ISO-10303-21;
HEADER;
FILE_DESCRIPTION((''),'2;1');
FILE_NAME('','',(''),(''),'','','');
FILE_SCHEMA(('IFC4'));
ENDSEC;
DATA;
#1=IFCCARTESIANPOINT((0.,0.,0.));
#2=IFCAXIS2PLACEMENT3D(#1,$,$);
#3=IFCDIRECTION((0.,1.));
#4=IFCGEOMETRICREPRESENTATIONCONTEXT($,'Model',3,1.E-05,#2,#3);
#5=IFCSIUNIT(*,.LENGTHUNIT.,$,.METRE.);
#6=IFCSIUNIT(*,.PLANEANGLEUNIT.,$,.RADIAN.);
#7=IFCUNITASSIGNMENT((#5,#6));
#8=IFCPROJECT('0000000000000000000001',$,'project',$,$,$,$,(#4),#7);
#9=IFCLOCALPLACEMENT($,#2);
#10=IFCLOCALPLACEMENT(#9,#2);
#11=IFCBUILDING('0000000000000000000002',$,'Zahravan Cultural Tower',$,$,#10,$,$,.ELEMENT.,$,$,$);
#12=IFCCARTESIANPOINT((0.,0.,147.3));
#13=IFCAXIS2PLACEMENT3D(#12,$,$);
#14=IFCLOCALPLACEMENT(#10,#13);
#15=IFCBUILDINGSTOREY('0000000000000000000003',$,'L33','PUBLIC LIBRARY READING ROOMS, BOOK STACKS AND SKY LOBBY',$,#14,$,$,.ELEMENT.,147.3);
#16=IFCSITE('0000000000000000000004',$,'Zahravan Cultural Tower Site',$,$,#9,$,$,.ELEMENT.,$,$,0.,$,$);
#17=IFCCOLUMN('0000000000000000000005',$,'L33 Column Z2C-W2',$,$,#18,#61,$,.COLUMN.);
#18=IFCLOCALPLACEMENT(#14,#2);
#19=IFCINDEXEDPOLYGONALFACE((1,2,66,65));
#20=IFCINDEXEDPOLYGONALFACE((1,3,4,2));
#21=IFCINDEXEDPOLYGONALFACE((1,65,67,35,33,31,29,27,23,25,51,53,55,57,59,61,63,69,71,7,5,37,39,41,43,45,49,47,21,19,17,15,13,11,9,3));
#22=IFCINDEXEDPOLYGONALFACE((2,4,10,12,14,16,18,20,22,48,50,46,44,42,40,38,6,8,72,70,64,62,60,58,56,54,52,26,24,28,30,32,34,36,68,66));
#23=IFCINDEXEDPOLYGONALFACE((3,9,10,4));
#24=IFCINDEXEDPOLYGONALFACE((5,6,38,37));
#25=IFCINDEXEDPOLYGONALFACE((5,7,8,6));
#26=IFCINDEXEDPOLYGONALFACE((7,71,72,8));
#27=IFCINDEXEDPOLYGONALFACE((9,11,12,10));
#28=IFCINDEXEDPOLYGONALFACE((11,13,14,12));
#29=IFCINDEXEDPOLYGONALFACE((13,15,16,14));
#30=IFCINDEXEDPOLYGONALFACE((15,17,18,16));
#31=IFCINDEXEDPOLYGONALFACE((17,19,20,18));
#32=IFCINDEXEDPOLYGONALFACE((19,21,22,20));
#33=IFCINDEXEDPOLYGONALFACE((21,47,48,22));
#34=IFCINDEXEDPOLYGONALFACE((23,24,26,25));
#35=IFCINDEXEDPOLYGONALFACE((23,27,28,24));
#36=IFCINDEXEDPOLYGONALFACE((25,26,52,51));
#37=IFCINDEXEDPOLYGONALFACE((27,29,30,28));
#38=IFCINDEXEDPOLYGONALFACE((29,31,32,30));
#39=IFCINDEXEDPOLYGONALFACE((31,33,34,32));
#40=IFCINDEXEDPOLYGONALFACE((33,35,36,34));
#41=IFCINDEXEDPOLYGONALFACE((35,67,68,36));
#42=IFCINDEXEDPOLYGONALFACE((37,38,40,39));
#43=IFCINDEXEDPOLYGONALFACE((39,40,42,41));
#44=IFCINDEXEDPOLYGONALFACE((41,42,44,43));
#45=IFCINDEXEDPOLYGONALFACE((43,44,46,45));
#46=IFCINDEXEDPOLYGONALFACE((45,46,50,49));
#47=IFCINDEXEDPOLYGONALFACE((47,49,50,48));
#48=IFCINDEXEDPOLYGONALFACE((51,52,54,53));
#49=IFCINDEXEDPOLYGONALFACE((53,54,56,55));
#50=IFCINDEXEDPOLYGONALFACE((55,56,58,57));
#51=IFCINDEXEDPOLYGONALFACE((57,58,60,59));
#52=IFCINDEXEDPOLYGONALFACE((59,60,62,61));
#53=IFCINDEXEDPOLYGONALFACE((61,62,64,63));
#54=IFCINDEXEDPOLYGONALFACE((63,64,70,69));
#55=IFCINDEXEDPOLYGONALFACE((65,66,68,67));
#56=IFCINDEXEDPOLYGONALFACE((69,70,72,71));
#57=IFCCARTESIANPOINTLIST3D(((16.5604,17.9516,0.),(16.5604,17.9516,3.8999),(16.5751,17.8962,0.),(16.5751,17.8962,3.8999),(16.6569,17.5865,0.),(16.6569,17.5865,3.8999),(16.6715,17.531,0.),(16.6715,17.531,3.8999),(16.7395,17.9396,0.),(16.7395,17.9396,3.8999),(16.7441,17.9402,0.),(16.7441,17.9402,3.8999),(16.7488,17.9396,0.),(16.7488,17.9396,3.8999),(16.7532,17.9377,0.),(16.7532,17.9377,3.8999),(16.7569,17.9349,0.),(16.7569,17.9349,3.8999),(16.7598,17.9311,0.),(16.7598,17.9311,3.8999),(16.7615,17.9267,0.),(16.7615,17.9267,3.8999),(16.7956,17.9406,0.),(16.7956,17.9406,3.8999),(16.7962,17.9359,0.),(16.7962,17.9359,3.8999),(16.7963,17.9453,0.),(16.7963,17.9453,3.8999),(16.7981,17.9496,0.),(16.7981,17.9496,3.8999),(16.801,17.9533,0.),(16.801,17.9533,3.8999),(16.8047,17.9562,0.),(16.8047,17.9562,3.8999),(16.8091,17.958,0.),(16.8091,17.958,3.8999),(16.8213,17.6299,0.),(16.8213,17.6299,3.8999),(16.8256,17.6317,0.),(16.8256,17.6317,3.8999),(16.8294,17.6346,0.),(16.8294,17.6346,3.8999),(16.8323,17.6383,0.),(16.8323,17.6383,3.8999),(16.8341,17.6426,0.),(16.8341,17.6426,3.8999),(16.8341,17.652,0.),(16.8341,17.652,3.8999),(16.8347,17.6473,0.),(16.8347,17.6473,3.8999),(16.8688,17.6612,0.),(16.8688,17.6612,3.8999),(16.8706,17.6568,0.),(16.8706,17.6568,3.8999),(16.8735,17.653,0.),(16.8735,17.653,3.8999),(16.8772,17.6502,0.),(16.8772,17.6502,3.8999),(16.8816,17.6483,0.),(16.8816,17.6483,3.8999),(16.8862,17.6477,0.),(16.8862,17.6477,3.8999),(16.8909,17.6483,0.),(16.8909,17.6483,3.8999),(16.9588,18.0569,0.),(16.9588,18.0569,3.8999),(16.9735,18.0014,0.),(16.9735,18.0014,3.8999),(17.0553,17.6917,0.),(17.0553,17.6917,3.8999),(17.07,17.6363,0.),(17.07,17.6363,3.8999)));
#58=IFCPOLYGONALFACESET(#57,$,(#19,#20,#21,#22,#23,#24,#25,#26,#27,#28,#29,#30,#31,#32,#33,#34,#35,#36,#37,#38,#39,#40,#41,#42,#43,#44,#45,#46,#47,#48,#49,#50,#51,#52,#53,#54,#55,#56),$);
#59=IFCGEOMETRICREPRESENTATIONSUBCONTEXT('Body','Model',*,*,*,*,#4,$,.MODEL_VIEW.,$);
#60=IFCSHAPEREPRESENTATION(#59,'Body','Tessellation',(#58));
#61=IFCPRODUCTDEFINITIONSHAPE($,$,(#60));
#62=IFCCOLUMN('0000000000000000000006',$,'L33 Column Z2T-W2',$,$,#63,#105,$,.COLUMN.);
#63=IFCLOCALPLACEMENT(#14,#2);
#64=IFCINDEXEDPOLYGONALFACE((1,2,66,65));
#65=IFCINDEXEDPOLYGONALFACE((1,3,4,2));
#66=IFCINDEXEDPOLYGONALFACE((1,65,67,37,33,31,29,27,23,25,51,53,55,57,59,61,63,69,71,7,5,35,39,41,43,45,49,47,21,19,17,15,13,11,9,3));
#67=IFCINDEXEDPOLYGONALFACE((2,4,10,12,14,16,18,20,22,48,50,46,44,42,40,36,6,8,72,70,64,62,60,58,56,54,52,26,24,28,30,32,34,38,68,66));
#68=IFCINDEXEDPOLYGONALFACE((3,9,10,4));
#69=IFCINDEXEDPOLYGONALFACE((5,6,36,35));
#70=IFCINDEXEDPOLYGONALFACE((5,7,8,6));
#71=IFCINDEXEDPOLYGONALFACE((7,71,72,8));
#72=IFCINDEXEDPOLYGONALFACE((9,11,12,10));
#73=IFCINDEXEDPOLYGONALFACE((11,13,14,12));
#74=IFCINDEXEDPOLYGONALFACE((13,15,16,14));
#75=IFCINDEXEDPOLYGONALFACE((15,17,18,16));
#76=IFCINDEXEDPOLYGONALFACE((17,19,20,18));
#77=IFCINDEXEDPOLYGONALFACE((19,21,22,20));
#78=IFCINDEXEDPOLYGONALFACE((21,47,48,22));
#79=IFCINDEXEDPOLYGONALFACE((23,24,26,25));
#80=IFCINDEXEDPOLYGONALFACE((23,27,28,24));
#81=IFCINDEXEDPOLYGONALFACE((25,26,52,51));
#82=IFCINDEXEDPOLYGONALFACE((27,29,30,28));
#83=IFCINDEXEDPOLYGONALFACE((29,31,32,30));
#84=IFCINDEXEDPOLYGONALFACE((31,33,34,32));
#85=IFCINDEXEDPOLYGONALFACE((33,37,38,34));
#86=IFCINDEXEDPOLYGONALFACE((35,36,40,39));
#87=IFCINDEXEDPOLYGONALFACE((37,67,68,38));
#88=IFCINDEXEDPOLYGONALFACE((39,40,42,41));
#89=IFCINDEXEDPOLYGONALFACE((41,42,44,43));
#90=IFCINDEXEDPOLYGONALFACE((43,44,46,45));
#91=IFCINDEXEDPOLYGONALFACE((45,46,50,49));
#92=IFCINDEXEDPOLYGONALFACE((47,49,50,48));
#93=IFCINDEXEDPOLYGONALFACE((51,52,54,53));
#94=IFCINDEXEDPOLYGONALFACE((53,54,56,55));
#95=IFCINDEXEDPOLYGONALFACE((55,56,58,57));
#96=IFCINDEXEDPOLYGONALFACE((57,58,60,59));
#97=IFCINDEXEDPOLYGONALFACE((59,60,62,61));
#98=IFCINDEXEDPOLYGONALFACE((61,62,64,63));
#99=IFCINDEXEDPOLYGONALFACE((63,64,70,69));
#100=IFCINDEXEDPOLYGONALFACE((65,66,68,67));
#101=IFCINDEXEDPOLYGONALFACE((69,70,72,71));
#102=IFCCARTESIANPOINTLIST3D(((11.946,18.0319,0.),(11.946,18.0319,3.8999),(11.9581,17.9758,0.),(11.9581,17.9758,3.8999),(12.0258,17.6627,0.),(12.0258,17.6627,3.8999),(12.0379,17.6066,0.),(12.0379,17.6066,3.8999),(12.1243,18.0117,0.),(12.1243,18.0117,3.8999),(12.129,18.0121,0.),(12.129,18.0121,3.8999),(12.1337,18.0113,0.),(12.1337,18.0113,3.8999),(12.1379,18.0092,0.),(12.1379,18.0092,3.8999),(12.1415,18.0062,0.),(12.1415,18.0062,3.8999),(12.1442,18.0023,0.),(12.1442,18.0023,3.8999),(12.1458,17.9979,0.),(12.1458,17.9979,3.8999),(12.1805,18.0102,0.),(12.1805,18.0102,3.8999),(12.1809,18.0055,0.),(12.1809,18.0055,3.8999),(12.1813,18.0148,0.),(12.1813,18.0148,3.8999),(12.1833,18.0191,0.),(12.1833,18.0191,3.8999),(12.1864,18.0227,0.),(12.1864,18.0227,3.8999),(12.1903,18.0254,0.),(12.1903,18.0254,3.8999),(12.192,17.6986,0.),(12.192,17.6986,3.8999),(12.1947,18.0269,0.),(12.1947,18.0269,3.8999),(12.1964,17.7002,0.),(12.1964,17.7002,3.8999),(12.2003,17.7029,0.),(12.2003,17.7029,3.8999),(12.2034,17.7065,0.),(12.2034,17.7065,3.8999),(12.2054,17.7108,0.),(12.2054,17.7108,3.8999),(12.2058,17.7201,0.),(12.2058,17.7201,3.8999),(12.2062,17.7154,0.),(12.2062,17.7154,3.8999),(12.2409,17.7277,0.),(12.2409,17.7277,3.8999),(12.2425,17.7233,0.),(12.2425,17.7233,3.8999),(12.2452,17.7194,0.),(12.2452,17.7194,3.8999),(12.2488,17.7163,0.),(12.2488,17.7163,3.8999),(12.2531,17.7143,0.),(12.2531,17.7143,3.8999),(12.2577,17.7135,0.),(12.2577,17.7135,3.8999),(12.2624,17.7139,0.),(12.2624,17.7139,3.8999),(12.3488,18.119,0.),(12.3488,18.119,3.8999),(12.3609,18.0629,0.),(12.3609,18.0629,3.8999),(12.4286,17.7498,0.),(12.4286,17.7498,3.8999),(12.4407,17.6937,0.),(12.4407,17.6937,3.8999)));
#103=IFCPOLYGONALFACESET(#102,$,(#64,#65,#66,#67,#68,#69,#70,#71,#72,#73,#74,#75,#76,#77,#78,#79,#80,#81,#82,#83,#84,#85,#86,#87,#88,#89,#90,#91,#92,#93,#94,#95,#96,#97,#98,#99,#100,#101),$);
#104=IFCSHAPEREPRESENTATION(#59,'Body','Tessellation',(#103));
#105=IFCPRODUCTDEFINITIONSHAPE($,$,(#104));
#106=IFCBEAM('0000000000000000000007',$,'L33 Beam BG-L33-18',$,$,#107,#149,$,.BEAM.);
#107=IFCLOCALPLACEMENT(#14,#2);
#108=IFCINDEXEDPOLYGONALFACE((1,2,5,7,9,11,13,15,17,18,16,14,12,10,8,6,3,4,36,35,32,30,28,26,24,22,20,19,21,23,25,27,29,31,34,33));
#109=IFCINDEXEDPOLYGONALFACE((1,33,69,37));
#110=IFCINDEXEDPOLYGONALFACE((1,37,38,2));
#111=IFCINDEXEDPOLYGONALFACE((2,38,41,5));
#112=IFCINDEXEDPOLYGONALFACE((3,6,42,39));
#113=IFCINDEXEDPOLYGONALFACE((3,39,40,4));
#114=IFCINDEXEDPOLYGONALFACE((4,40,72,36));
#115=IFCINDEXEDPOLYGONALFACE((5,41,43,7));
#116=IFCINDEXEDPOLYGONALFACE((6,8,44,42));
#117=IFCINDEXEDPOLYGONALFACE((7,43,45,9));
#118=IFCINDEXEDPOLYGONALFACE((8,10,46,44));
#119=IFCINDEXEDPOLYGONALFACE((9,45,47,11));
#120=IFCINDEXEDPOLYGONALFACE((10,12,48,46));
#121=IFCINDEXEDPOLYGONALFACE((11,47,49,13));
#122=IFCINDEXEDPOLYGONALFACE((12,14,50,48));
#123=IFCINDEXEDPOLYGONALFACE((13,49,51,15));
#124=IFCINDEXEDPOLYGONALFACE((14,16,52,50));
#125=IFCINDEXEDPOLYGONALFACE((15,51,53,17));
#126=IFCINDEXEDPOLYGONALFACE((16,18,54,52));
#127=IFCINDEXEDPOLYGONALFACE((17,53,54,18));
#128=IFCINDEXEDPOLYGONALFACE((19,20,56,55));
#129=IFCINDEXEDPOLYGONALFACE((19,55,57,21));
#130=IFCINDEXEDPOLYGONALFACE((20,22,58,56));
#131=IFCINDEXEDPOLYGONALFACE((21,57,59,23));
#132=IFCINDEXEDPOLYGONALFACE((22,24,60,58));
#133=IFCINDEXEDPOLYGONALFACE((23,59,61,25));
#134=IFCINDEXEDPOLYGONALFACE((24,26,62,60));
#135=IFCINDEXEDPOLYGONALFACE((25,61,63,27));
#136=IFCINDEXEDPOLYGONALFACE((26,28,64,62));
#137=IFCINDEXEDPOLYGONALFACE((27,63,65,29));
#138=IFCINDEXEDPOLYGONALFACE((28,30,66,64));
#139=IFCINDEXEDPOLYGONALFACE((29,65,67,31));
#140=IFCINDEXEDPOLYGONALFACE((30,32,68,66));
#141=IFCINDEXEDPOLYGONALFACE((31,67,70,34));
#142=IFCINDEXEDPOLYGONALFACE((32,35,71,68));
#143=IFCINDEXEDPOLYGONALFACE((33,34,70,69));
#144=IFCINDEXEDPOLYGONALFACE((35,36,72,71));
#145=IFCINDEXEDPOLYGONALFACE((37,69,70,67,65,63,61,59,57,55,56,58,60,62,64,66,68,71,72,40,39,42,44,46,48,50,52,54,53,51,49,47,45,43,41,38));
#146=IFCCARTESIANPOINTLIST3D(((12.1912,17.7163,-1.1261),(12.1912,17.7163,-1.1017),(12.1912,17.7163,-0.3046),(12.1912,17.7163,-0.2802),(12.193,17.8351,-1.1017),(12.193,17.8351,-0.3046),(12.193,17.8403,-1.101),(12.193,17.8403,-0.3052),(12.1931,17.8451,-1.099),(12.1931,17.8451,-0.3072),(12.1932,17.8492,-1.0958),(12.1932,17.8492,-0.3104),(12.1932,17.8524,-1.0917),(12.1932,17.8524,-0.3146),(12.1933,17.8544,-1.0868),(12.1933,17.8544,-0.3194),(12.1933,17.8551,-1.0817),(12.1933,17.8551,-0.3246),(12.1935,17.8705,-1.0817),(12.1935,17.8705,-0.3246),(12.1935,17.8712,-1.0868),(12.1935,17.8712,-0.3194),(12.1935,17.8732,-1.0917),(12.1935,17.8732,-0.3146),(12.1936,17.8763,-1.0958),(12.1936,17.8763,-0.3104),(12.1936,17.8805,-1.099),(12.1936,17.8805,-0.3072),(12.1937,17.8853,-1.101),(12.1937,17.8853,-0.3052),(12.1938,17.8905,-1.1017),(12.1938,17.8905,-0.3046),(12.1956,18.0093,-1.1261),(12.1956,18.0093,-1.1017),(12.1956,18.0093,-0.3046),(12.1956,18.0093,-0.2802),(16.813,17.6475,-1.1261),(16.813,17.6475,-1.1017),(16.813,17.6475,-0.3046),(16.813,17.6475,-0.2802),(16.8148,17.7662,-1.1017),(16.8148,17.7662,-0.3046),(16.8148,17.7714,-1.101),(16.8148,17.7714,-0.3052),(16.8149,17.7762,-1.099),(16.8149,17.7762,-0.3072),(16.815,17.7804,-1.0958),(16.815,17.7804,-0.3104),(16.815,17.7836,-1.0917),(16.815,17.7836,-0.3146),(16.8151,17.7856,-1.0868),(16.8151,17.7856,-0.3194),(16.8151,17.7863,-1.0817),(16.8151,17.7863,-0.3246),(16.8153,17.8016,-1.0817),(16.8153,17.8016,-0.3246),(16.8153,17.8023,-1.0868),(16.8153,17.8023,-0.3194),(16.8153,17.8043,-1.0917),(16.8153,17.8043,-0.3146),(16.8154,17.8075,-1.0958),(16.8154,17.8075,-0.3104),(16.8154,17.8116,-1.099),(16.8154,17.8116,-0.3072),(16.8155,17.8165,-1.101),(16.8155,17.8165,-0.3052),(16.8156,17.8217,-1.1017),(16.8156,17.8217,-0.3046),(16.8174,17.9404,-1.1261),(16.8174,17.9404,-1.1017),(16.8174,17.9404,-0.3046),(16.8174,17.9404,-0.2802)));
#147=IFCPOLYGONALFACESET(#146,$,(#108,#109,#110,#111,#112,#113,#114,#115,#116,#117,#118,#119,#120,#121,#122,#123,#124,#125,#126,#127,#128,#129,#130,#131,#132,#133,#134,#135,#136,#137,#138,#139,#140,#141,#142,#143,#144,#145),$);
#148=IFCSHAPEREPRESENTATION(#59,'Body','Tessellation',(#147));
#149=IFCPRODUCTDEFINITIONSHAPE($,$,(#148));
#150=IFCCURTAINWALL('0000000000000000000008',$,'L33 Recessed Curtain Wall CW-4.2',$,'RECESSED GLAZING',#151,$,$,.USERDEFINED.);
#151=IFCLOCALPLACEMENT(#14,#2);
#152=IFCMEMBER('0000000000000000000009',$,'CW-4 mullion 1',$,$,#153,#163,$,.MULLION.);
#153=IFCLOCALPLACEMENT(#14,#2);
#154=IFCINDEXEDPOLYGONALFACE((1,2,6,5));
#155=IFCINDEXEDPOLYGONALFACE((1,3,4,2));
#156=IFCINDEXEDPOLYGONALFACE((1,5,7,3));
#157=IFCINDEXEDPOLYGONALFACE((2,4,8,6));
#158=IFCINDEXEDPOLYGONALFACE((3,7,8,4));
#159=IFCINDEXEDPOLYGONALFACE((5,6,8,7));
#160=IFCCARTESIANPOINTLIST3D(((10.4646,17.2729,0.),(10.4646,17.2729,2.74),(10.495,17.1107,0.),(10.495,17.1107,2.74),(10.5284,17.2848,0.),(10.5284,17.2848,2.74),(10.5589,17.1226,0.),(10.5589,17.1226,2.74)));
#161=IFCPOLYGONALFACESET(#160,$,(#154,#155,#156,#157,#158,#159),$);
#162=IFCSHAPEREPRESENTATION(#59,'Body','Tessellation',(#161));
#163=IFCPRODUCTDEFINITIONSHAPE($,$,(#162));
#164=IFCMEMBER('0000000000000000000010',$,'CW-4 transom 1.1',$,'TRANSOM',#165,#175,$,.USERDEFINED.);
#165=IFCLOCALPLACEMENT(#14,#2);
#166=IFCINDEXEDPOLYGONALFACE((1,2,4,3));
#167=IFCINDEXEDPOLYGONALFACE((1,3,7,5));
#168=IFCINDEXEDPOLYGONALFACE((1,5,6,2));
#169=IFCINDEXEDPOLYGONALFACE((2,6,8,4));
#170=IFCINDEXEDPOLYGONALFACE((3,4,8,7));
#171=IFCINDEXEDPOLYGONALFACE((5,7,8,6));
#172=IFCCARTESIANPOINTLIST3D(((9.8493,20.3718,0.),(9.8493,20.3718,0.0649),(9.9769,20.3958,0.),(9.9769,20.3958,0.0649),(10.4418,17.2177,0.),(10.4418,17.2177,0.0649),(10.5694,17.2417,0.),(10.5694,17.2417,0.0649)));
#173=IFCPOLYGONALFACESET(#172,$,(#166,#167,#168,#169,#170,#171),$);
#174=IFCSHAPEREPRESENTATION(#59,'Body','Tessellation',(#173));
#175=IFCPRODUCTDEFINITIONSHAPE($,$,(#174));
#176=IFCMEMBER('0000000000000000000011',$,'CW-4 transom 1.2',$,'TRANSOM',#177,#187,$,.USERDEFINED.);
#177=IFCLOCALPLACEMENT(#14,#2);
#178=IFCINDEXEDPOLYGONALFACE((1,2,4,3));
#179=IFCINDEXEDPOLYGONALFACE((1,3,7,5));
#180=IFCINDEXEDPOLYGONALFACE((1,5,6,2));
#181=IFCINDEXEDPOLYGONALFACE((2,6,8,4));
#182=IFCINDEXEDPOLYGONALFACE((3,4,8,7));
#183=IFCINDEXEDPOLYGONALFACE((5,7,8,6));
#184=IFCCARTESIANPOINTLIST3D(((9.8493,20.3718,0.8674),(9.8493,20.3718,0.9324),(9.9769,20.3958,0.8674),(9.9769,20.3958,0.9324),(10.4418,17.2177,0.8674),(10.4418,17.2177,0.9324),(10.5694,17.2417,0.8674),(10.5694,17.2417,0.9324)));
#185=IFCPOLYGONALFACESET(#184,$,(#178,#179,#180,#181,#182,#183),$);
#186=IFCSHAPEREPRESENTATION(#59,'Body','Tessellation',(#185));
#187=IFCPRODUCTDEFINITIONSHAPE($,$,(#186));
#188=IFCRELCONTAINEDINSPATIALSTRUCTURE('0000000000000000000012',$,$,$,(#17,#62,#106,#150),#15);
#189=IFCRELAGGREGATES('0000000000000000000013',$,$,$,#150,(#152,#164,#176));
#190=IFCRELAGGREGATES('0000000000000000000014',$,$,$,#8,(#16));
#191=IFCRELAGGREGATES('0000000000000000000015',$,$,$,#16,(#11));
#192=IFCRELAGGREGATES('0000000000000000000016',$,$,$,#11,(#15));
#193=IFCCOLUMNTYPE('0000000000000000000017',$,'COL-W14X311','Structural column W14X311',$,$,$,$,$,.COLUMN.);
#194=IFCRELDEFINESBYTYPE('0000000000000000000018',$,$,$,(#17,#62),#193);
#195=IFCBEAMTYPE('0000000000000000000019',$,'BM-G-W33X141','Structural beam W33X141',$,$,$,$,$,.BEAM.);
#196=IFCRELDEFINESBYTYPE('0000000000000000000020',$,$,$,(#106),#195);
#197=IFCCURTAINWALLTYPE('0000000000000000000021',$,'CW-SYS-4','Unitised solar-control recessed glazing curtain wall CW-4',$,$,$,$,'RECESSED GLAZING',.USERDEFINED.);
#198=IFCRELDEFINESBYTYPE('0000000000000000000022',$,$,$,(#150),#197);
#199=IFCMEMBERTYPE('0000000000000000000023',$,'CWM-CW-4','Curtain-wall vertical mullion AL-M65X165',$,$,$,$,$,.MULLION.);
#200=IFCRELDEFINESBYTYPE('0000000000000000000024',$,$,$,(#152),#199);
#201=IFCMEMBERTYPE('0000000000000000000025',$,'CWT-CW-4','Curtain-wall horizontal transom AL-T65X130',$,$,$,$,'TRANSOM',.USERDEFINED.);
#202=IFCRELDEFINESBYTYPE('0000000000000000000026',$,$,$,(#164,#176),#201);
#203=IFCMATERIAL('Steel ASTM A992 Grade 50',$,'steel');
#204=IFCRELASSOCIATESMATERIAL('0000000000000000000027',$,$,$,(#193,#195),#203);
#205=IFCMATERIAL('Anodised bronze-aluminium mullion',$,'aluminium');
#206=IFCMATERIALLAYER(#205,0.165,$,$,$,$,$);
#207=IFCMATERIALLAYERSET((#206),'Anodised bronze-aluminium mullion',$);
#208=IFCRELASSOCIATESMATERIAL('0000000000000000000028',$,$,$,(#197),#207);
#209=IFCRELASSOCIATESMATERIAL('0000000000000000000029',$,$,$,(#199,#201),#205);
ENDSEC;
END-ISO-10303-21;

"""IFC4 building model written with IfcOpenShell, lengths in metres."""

from ifc_helpers import new_model, si_unit, direction, frame, origin, origin_2d, place, context, subcontext, project, spatial, rectangle, i_section, extrude, source, transform, mapped, material, layer, layer_set, material_profile, profile_set, type_object, element, aggregate, save


model = new_model("IFC4")

# Units and contexts
model_context = context("Model", 3, precision=1e-05, world=origin(), true_north=direction((0.0, 1.0)))
body_context = subcontext(model_context, "Body", "Model", "MODEL_VIEW")
ifc_project = project(units=[si_unit("LENGTHUNIT", "METRE"), si_unit("PLANEANGLEUNIT", "RADIAN")], contexts=[model_context])

# Site, building, storey
site_placement = place(None, origin())
site = spatial("IfcSite", under=ifc_project, at=site_placement, Name="Zahravan Cultural Tower Site", CompositionType="ELEMENT", RefElevation=0.0)
building_placement = place(site_placement, origin())
building = spatial("IfcBuilding", under=site, at=building_placement, Name="Zahravan Cultural Tower", CompositionType="ELEMENT")
storey_placement = place(building_placement, frame((0.0, 0.0, 147.3)))
storey = spatial("IfcBuildingStorey", under=building, at=storey_placement, Name="L33", Description="PUBLIC LIBRARY READING ROOMS, BOOK STACKS AND SKY LOBBY", CompositionType="ELEMENT", Elevation=147.3)

# Columns
ifc_material_1 = material(Name="Steel ASTM A992 Grade 50", Category="steel")
ifc_material_profile_1 = material_profile(ifc_material_1, i_section(OverallWidth=0.4121, OverallDepth=0.4351, WebThickness=0.0359, FlangeThickness=0.0574, FilletRadius=0.0181, at=origin_2d()), Name="W14X311")
ifc_profile_set_1 = profile_set([ifc_material_profile_1], Name="Steel ASTM A992 Grade 50")
column_type = type_object("IfcColumnType", Name="COL-W14X311", Description="Structural column W14X311", PredefinedType="COLUMN", material=ifc_profile_set_1)
shared_shape_1 = source(origin(), body_context, "Body", "SweptSolid", [
    extrude(i_section(OverallWidth=0.4121, OverallDepth=0.4351, WebThickness=0.0359, FlangeThickness=0.0574, FilletRadius=0.0181, at=origin_2d()), origin(), (0.0, 0.0, 1.0), 3.8999),
])
for number, where, z_axis, x_axis, name in (
    (1, (16.8152, 17.7939, 0.0), (0.0, 0.0, 1.0), (0.966823, 0.255446, 0.0), "L33 Column Z2C-W2"),
    (2, (12.1934, 17.8628, 0.0), (0.0, 0.0, 1.0), (0.977416, 0.211325, 0.0), "L33 Column Z2T-W2"),
):
    element("IfcColumn", number, at=place(storey_placement, frame(where, z_axis=z_axis, x_axis=x_axis)), inside=storey, type_object=column_type, Name=name, PredefinedType="COLUMN", context=body_context, shape_type="MappedRepresentation", body=[
        mapped(shared_shape_1, transform((0.0, 0.0, 0.0), x_axis=(1.0, 0.0, 0.0), y_axis=(0.0, 1.0, 0.0), z_axis=(0.0, 0.0, 1.0), scale=1.0)),
    ])

# Beam
ifc_material_profile_2 = material_profile(ifc_material_1, i_section(OverallWidth=0.293, OverallDepth=0.8459, WebThickness=0.0154, FlangeThickness=0.0244, FilletRadius=0.02, at=origin_2d()), Name="W33X141")
ifc_profile_set_2 = profile_set([ifc_material_profile_2], Name="Steel ASTM A992 Grade 50")
beam_type = type_object("IfcBeamType", Name="BM-G-W33X141", Description="Structural beam W33X141", PredefinedType="BEAM", material=ifc_profile_set_2)
shared_shape_2 = source(origin(), body_context, "Body", "SweptSolid", [
    extrude(i_section(OverallWidth=0.293, OverallDepth=0.8459, WebThickness=0.0154, FlangeThickness=0.0244, FilletRadius=0.02, at=origin_2d()), origin(), (0.0, 0.0, 1.0), 4.6223),
])
beam_placement = place(storey_placement, frame((16.8152, 17.7939, -0.7031), z_axis=(-0.999889, 0.014895, 0.0), x_axis=(-0.014895, -0.999889, 0.0)))
element("IfcBeam", 3, at=beam_placement, inside=storey, type_object=beam_type, Name="L33 Beam BG-L33-18", PredefinedType="BEAM", context=body_context, shape_type="MappedRepresentation", body=[
    mapped(shared_shape_2, transform((0.0, 0.0, 0.0), x_axis=(1.0, 0.0, 0.0), y_axis=(0.0, 1.0, 0.0), z_axis=(0.0, 0.0, 1.0), scale=1.0)),
])

# Curtain wall, members
ifc_material_2 = material(Name="Anodised bronze-aluminium mullion", Category="aluminium")
ifc_layer_1 = layer(ifc_material_2, 0.165)
ifc_layer_set_1 = layer_set([ifc_layer_1], Name="Anodised bronze-aluminium mullion")
curtain_wall_type = type_object("IfcCurtainWallType", Name="CW-SYS-4", Description="Unitised solar-control recessed glazing curtain wall CW-4", ElementType="RECESSED GLAZING", PredefinedType="USERDEFINED", material=ifc_layer_set_1)
curtain_wall_placement = place(storey_placement, origin())
curtain_wall = element("IfcCurtainWall", 4, at=curtain_wall_placement, inside=storey, type_object=curtain_wall_type, Name="L33 Recessed Curtain Wall CW-4.2", ObjectType="RECESSED GLAZING", PredefinedType="USERDEFINED")
ifc_material_profile_3 = material_profile(ifc_material_2, rectangle(XDim=0.0649, YDim=0.165, at=origin_2d()), Name="AL-M65X165")
ifc_profile_set_3 = profile_set([ifc_material_profile_3], Name="Anodised bronze-aluminium mullion")
member_type_1 = type_object("IfcMemberType", Name="CWM-CW-4", Description="Curtain-wall vertical mullion AL-M65X165", PredefinedType="MULLION", material=ifc_profile_set_3)
shared_shape_3 = source(origin(), body_context, "Body", "SweptSolid", [
    extrude(rectangle(XDim=0.0649, YDim=0.165, at=origin_2d()), origin(), (0.0, 0.0, 1.0), 2.74),
])
member_1_placement = place(storey_placement, frame((10.5117, 17.1978, 0.0), z_axis=(0.0, 0.0, 1.0), x_axis=(-0.982807, -0.184638, 0.0)))
member_1 = element("IfcMember", 5, at=member_1_placement, type_object=member_type_1, Name="CW-4 mullion 1", PredefinedType="MULLION", context=body_context, shape_type="MappedRepresentation", body=[
    mapped(shared_shape_3, transform((0.0, 0.0, 0.0), x_axis=(1.0, 0.0, 0.0), y_axis=(0.0, 1.0, 0.0), z_axis=(0.0, 0.0, 1.0), scale=1.0)),
])
ifc_material_profile_4 = material_profile(ifc_material_2, rectangle(XDim=0.1299, YDim=0.0649, at=origin_2d()), Name="AL-T65X130")
ifc_profile_set_4 = profile_set([ifc_material_profile_4], Name="Anodised bronze-aluminium mullion")
member_type_2 = type_object("IfcMemberType", Name="CWT-CW-4", Description="Curtain-wall horizontal transom AL-T65X130", ElementType="TRANSOM", PredefinedType="USERDEFINED", material=ifc_profile_set_4)
shared_shape_4 = source(origin(), body_context, "Body", "SweptSolid", [
    extrude(rectangle(XDim=0.1299, YDim=0.0649, at=origin_2d()), origin(), (0.0, 0.0, 1.0), 3.2092),
])
member_2_placement = place(storey_placement, frame((10.5056, 17.2297, 0.0325), z_axis=(-0.184633, 0.982808, 0.0), x_axis=(-0.982808, -0.184633, 0.0)))
member_2 = element("IfcMember", 6, at=member_2_placement, type_object=member_type_2, Name="CW-4 transom 1.1", ObjectType="TRANSOM", PredefinedType="USERDEFINED", context=body_context, shape_type="MappedRepresentation", body=[
    mapped(shared_shape_4, transform((0.0, 0.0, 0.0), x_axis=(1.0, 0.0, 0.0), y_axis=(0.0, 1.0, 0.0), z_axis=(0.0, 0.0, 1.0), scale=1.0)),
])
member_3_placement = place(storey_placement, frame((10.5056, 17.2297, 0.8999), z_axis=(-0.184633, 0.982808, 0.0), x_axis=(-0.982808, -0.184633, 0.0)))
member_3 = element("IfcMember", 7, at=member_3_placement, type_object=member_type_2, Name="CW-4 transom 1.2", ObjectType="TRANSOM", PredefinedType="USERDEFINED", context=body_context, shape_type="MappedRepresentation", body=[
    mapped(shared_shape_4, transform((0.0, 0.0, 0.0), x_axis=(1.0, 0.0, 0.0), y_axis=(0.0, 1.0, 0.0), z_axis=(0.0, 0.0, 1.0), scale=1.0)),
])

aggregate(curtain_wall, [member_1, member_2, member_3])

save(model, "model.ifc")
